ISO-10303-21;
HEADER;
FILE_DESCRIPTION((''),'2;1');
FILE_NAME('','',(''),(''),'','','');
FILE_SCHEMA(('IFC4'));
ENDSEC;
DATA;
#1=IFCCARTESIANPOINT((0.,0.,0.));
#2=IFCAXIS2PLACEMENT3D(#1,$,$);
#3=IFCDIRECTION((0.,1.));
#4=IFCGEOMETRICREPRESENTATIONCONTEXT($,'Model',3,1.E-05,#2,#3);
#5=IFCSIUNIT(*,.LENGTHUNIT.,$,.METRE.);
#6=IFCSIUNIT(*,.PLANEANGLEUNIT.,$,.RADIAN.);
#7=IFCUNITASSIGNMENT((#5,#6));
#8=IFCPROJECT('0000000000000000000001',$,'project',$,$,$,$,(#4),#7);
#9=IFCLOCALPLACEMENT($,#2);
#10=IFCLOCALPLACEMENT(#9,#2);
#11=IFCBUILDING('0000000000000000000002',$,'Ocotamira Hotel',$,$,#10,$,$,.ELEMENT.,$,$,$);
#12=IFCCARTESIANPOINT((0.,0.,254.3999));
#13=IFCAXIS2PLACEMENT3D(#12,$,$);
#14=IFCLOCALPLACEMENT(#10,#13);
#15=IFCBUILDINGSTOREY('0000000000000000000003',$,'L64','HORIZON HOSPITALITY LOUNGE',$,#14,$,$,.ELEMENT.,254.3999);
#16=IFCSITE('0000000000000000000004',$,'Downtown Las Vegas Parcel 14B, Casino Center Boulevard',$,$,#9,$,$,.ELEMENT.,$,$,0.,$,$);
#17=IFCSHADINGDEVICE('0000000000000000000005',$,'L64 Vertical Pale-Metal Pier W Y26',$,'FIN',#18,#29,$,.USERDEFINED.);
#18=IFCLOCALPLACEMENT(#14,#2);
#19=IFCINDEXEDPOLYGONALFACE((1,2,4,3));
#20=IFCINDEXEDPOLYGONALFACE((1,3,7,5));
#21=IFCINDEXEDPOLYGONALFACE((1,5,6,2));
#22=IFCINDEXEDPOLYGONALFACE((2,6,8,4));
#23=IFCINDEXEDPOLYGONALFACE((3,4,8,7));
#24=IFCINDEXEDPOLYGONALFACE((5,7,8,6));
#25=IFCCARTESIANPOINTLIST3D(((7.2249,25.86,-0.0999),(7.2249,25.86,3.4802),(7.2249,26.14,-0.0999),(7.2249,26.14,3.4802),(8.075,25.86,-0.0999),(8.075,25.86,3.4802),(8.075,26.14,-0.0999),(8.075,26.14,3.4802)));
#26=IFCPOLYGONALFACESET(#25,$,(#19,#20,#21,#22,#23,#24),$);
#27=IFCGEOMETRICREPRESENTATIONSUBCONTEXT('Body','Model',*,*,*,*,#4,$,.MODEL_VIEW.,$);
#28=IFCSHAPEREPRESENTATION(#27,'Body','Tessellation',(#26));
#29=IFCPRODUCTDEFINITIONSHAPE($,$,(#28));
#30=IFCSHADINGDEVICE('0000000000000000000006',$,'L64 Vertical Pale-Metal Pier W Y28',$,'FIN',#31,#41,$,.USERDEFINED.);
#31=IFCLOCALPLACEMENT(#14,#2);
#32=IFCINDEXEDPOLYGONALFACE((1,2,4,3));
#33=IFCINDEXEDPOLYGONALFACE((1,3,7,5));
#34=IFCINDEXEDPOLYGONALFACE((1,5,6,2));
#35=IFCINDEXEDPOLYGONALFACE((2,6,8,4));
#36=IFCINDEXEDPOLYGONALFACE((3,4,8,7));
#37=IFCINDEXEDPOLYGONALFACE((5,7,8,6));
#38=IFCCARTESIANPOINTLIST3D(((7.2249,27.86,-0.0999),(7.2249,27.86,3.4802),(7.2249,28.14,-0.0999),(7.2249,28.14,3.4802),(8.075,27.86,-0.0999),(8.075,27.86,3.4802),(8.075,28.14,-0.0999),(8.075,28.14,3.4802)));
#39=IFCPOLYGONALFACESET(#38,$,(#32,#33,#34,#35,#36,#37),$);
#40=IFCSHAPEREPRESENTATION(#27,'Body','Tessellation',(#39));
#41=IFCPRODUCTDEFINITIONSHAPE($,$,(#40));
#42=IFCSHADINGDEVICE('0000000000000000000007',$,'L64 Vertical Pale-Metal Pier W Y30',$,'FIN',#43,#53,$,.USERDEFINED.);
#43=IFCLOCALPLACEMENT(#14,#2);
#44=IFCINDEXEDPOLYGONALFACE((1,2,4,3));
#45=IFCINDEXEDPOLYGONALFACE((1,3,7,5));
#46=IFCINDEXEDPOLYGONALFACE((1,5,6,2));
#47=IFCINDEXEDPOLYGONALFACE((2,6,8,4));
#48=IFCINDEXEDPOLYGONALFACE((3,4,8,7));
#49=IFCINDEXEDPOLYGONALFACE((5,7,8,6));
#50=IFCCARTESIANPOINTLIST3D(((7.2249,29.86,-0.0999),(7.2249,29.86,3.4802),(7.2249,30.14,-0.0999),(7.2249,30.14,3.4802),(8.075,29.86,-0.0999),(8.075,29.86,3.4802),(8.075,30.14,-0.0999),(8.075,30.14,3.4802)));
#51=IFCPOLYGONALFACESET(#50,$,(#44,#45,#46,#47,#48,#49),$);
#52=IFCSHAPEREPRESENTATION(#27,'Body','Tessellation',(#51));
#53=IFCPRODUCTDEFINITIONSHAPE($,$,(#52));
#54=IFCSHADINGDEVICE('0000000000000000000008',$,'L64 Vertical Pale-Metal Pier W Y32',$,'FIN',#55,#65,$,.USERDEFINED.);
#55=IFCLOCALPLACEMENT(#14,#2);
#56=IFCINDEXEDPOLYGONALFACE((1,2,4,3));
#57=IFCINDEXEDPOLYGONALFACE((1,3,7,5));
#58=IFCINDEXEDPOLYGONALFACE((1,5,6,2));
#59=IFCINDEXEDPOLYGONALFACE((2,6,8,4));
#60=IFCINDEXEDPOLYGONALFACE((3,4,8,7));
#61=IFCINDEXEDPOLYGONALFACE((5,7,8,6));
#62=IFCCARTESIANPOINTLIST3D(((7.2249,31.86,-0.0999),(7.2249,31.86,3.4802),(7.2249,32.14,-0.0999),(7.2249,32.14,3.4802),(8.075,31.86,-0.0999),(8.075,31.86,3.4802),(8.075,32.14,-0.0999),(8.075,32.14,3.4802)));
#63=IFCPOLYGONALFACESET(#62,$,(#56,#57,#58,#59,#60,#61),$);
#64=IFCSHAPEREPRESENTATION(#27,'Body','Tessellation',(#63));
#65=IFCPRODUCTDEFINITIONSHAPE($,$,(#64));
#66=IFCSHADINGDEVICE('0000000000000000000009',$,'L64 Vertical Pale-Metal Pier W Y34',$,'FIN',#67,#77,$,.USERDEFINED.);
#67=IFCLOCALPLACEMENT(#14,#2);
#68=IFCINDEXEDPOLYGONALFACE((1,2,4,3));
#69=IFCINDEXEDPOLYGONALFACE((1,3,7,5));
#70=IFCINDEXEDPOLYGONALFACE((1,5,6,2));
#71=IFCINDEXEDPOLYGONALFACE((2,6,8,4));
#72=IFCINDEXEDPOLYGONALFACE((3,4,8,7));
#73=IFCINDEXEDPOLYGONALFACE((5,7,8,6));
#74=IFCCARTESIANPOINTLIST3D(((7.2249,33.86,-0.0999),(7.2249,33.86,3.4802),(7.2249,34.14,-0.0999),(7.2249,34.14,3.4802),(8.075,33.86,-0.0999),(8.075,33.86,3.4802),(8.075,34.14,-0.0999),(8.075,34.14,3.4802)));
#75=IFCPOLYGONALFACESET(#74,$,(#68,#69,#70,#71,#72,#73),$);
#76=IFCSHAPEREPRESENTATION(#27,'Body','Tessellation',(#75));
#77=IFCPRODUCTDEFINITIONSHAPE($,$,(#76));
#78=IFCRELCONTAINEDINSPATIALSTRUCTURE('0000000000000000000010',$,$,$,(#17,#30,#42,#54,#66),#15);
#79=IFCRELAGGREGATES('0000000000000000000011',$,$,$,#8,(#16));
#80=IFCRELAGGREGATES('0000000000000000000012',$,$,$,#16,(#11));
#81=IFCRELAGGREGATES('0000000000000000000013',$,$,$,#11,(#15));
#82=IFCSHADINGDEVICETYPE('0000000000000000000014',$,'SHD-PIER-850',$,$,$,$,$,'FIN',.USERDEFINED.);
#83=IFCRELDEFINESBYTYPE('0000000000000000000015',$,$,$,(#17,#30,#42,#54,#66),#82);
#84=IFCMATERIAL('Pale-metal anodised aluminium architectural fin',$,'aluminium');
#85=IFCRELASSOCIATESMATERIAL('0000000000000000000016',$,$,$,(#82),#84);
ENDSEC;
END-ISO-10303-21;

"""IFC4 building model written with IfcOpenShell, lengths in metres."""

from ifc_helpers import new_model, si_unit, direction, frame, origin, origin_2d, place, context, subcontext, project, spatial, rectangle, extrude, source, transform, mapped, material, type_object, element, save


model = new_model("IFC4")

# Units and contexts
model_context = context("Model", 3, precision=1e-05, world=origin(), true_north=direction((0.0, 1.0)))
body_context = subcontext(model_context, "Body", "Model", "MODEL_VIEW")
ifc_project = project(units=[si_unit("LENGTHUNIT", "METRE"), si_unit("PLANEANGLEUNIT", "RADIAN")], contexts=[model_context])

# Site, building, storey
site_placement = place(None, origin())
site = spatial("IfcSite", under=ifc_project, at=site_placement, Name="Downtown Las Vegas Parcel 14B, Casino Center Boulevard", CompositionType="ELEMENT", RefElevation=0.0)
building_placement = place(site_placement, origin())
building = spatial("IfcBuilding", under=site, at=building_placement, Name="Ocotamira Hotel", CompositionType="ELEMENT")
storey_placement = place(building_placement, frame((0.0, 0.0, 254.3999)))
storey = spatial("IfcBuildingStorey", under=building, at=storey_placement, Name="L64", Description="HORIZON HOSPITALITY LOUNGE", CompositionType="ELEMENT", Elevation=254.3999)

# Shading devices
ifc_material_1 = material(Name="Pale-metal anodised aluminium architectural fin", Category="aluminium")
shading_device_type = type_object("IfcShadingDeviceType", Name="SHD-PIER-850", ElementType="FIN", PredefinedType="USERDEFINED", material=ifc_material_1)
shared_shape_1 = source(origin(), body_context, "Body", "SweptSolid", [
    extrude(rectangle(XDim=0.8501, YDim=0.28, at=origin_2d()), origin(), (0.0, 0.0, 1.0), 3.5801),
])
for number, where, z_axis, x_axis, name in (
    (1, (7.6499, 26.0, -0.0999), (0.0, 0.0, 1.0), (1.0, 0.0, 0.0), "L64 Vertical Pale-Metal Pier W Y26"),
    (2, (7.6499, 28.0, -0.0999), (0.0, 0.0, 1.0), (1.0, 0.0, 0.0), "L64 Vertical Pale-Metal Pier W Y28"),
    (3, (7.6499, 30.0, -0.0999), (0.0, 0.0, 1.0), (1.0, 0.0, 0.0), "L64 Vertical Pale-Metal Pier W Y30"),
    (4, (7.6499, 32.0, -0.0999), (0.0, 0.0, 1.0), (1.0, 0.0, 0.0), "L64 Vertical Pale-Metal Pier W Y32"),
    (5, (7.6499, 34.0, -0.0999), (0.0, 0.0, 1.0), (1.0, 0.0, 0.0), "L64 Vertical Pale-Metal Pier W Y34"),
):
    element("IfcShadingDevice", number, at=place(storey_placement, frame(where, z_axis=z_axis, x_axis=x_axis)), inside=storey, type_object=shading_device_type, Name=name, ObjectType="FIN", PredefinedType="USERDEFINED", context=body_context, shape_type="MappedRepresentation", body=[
        mapped(shared_shape_1, transform((0.0, 0.0, 0.0), scale=1.0)),
    ])

save(model, "model.ifc")
